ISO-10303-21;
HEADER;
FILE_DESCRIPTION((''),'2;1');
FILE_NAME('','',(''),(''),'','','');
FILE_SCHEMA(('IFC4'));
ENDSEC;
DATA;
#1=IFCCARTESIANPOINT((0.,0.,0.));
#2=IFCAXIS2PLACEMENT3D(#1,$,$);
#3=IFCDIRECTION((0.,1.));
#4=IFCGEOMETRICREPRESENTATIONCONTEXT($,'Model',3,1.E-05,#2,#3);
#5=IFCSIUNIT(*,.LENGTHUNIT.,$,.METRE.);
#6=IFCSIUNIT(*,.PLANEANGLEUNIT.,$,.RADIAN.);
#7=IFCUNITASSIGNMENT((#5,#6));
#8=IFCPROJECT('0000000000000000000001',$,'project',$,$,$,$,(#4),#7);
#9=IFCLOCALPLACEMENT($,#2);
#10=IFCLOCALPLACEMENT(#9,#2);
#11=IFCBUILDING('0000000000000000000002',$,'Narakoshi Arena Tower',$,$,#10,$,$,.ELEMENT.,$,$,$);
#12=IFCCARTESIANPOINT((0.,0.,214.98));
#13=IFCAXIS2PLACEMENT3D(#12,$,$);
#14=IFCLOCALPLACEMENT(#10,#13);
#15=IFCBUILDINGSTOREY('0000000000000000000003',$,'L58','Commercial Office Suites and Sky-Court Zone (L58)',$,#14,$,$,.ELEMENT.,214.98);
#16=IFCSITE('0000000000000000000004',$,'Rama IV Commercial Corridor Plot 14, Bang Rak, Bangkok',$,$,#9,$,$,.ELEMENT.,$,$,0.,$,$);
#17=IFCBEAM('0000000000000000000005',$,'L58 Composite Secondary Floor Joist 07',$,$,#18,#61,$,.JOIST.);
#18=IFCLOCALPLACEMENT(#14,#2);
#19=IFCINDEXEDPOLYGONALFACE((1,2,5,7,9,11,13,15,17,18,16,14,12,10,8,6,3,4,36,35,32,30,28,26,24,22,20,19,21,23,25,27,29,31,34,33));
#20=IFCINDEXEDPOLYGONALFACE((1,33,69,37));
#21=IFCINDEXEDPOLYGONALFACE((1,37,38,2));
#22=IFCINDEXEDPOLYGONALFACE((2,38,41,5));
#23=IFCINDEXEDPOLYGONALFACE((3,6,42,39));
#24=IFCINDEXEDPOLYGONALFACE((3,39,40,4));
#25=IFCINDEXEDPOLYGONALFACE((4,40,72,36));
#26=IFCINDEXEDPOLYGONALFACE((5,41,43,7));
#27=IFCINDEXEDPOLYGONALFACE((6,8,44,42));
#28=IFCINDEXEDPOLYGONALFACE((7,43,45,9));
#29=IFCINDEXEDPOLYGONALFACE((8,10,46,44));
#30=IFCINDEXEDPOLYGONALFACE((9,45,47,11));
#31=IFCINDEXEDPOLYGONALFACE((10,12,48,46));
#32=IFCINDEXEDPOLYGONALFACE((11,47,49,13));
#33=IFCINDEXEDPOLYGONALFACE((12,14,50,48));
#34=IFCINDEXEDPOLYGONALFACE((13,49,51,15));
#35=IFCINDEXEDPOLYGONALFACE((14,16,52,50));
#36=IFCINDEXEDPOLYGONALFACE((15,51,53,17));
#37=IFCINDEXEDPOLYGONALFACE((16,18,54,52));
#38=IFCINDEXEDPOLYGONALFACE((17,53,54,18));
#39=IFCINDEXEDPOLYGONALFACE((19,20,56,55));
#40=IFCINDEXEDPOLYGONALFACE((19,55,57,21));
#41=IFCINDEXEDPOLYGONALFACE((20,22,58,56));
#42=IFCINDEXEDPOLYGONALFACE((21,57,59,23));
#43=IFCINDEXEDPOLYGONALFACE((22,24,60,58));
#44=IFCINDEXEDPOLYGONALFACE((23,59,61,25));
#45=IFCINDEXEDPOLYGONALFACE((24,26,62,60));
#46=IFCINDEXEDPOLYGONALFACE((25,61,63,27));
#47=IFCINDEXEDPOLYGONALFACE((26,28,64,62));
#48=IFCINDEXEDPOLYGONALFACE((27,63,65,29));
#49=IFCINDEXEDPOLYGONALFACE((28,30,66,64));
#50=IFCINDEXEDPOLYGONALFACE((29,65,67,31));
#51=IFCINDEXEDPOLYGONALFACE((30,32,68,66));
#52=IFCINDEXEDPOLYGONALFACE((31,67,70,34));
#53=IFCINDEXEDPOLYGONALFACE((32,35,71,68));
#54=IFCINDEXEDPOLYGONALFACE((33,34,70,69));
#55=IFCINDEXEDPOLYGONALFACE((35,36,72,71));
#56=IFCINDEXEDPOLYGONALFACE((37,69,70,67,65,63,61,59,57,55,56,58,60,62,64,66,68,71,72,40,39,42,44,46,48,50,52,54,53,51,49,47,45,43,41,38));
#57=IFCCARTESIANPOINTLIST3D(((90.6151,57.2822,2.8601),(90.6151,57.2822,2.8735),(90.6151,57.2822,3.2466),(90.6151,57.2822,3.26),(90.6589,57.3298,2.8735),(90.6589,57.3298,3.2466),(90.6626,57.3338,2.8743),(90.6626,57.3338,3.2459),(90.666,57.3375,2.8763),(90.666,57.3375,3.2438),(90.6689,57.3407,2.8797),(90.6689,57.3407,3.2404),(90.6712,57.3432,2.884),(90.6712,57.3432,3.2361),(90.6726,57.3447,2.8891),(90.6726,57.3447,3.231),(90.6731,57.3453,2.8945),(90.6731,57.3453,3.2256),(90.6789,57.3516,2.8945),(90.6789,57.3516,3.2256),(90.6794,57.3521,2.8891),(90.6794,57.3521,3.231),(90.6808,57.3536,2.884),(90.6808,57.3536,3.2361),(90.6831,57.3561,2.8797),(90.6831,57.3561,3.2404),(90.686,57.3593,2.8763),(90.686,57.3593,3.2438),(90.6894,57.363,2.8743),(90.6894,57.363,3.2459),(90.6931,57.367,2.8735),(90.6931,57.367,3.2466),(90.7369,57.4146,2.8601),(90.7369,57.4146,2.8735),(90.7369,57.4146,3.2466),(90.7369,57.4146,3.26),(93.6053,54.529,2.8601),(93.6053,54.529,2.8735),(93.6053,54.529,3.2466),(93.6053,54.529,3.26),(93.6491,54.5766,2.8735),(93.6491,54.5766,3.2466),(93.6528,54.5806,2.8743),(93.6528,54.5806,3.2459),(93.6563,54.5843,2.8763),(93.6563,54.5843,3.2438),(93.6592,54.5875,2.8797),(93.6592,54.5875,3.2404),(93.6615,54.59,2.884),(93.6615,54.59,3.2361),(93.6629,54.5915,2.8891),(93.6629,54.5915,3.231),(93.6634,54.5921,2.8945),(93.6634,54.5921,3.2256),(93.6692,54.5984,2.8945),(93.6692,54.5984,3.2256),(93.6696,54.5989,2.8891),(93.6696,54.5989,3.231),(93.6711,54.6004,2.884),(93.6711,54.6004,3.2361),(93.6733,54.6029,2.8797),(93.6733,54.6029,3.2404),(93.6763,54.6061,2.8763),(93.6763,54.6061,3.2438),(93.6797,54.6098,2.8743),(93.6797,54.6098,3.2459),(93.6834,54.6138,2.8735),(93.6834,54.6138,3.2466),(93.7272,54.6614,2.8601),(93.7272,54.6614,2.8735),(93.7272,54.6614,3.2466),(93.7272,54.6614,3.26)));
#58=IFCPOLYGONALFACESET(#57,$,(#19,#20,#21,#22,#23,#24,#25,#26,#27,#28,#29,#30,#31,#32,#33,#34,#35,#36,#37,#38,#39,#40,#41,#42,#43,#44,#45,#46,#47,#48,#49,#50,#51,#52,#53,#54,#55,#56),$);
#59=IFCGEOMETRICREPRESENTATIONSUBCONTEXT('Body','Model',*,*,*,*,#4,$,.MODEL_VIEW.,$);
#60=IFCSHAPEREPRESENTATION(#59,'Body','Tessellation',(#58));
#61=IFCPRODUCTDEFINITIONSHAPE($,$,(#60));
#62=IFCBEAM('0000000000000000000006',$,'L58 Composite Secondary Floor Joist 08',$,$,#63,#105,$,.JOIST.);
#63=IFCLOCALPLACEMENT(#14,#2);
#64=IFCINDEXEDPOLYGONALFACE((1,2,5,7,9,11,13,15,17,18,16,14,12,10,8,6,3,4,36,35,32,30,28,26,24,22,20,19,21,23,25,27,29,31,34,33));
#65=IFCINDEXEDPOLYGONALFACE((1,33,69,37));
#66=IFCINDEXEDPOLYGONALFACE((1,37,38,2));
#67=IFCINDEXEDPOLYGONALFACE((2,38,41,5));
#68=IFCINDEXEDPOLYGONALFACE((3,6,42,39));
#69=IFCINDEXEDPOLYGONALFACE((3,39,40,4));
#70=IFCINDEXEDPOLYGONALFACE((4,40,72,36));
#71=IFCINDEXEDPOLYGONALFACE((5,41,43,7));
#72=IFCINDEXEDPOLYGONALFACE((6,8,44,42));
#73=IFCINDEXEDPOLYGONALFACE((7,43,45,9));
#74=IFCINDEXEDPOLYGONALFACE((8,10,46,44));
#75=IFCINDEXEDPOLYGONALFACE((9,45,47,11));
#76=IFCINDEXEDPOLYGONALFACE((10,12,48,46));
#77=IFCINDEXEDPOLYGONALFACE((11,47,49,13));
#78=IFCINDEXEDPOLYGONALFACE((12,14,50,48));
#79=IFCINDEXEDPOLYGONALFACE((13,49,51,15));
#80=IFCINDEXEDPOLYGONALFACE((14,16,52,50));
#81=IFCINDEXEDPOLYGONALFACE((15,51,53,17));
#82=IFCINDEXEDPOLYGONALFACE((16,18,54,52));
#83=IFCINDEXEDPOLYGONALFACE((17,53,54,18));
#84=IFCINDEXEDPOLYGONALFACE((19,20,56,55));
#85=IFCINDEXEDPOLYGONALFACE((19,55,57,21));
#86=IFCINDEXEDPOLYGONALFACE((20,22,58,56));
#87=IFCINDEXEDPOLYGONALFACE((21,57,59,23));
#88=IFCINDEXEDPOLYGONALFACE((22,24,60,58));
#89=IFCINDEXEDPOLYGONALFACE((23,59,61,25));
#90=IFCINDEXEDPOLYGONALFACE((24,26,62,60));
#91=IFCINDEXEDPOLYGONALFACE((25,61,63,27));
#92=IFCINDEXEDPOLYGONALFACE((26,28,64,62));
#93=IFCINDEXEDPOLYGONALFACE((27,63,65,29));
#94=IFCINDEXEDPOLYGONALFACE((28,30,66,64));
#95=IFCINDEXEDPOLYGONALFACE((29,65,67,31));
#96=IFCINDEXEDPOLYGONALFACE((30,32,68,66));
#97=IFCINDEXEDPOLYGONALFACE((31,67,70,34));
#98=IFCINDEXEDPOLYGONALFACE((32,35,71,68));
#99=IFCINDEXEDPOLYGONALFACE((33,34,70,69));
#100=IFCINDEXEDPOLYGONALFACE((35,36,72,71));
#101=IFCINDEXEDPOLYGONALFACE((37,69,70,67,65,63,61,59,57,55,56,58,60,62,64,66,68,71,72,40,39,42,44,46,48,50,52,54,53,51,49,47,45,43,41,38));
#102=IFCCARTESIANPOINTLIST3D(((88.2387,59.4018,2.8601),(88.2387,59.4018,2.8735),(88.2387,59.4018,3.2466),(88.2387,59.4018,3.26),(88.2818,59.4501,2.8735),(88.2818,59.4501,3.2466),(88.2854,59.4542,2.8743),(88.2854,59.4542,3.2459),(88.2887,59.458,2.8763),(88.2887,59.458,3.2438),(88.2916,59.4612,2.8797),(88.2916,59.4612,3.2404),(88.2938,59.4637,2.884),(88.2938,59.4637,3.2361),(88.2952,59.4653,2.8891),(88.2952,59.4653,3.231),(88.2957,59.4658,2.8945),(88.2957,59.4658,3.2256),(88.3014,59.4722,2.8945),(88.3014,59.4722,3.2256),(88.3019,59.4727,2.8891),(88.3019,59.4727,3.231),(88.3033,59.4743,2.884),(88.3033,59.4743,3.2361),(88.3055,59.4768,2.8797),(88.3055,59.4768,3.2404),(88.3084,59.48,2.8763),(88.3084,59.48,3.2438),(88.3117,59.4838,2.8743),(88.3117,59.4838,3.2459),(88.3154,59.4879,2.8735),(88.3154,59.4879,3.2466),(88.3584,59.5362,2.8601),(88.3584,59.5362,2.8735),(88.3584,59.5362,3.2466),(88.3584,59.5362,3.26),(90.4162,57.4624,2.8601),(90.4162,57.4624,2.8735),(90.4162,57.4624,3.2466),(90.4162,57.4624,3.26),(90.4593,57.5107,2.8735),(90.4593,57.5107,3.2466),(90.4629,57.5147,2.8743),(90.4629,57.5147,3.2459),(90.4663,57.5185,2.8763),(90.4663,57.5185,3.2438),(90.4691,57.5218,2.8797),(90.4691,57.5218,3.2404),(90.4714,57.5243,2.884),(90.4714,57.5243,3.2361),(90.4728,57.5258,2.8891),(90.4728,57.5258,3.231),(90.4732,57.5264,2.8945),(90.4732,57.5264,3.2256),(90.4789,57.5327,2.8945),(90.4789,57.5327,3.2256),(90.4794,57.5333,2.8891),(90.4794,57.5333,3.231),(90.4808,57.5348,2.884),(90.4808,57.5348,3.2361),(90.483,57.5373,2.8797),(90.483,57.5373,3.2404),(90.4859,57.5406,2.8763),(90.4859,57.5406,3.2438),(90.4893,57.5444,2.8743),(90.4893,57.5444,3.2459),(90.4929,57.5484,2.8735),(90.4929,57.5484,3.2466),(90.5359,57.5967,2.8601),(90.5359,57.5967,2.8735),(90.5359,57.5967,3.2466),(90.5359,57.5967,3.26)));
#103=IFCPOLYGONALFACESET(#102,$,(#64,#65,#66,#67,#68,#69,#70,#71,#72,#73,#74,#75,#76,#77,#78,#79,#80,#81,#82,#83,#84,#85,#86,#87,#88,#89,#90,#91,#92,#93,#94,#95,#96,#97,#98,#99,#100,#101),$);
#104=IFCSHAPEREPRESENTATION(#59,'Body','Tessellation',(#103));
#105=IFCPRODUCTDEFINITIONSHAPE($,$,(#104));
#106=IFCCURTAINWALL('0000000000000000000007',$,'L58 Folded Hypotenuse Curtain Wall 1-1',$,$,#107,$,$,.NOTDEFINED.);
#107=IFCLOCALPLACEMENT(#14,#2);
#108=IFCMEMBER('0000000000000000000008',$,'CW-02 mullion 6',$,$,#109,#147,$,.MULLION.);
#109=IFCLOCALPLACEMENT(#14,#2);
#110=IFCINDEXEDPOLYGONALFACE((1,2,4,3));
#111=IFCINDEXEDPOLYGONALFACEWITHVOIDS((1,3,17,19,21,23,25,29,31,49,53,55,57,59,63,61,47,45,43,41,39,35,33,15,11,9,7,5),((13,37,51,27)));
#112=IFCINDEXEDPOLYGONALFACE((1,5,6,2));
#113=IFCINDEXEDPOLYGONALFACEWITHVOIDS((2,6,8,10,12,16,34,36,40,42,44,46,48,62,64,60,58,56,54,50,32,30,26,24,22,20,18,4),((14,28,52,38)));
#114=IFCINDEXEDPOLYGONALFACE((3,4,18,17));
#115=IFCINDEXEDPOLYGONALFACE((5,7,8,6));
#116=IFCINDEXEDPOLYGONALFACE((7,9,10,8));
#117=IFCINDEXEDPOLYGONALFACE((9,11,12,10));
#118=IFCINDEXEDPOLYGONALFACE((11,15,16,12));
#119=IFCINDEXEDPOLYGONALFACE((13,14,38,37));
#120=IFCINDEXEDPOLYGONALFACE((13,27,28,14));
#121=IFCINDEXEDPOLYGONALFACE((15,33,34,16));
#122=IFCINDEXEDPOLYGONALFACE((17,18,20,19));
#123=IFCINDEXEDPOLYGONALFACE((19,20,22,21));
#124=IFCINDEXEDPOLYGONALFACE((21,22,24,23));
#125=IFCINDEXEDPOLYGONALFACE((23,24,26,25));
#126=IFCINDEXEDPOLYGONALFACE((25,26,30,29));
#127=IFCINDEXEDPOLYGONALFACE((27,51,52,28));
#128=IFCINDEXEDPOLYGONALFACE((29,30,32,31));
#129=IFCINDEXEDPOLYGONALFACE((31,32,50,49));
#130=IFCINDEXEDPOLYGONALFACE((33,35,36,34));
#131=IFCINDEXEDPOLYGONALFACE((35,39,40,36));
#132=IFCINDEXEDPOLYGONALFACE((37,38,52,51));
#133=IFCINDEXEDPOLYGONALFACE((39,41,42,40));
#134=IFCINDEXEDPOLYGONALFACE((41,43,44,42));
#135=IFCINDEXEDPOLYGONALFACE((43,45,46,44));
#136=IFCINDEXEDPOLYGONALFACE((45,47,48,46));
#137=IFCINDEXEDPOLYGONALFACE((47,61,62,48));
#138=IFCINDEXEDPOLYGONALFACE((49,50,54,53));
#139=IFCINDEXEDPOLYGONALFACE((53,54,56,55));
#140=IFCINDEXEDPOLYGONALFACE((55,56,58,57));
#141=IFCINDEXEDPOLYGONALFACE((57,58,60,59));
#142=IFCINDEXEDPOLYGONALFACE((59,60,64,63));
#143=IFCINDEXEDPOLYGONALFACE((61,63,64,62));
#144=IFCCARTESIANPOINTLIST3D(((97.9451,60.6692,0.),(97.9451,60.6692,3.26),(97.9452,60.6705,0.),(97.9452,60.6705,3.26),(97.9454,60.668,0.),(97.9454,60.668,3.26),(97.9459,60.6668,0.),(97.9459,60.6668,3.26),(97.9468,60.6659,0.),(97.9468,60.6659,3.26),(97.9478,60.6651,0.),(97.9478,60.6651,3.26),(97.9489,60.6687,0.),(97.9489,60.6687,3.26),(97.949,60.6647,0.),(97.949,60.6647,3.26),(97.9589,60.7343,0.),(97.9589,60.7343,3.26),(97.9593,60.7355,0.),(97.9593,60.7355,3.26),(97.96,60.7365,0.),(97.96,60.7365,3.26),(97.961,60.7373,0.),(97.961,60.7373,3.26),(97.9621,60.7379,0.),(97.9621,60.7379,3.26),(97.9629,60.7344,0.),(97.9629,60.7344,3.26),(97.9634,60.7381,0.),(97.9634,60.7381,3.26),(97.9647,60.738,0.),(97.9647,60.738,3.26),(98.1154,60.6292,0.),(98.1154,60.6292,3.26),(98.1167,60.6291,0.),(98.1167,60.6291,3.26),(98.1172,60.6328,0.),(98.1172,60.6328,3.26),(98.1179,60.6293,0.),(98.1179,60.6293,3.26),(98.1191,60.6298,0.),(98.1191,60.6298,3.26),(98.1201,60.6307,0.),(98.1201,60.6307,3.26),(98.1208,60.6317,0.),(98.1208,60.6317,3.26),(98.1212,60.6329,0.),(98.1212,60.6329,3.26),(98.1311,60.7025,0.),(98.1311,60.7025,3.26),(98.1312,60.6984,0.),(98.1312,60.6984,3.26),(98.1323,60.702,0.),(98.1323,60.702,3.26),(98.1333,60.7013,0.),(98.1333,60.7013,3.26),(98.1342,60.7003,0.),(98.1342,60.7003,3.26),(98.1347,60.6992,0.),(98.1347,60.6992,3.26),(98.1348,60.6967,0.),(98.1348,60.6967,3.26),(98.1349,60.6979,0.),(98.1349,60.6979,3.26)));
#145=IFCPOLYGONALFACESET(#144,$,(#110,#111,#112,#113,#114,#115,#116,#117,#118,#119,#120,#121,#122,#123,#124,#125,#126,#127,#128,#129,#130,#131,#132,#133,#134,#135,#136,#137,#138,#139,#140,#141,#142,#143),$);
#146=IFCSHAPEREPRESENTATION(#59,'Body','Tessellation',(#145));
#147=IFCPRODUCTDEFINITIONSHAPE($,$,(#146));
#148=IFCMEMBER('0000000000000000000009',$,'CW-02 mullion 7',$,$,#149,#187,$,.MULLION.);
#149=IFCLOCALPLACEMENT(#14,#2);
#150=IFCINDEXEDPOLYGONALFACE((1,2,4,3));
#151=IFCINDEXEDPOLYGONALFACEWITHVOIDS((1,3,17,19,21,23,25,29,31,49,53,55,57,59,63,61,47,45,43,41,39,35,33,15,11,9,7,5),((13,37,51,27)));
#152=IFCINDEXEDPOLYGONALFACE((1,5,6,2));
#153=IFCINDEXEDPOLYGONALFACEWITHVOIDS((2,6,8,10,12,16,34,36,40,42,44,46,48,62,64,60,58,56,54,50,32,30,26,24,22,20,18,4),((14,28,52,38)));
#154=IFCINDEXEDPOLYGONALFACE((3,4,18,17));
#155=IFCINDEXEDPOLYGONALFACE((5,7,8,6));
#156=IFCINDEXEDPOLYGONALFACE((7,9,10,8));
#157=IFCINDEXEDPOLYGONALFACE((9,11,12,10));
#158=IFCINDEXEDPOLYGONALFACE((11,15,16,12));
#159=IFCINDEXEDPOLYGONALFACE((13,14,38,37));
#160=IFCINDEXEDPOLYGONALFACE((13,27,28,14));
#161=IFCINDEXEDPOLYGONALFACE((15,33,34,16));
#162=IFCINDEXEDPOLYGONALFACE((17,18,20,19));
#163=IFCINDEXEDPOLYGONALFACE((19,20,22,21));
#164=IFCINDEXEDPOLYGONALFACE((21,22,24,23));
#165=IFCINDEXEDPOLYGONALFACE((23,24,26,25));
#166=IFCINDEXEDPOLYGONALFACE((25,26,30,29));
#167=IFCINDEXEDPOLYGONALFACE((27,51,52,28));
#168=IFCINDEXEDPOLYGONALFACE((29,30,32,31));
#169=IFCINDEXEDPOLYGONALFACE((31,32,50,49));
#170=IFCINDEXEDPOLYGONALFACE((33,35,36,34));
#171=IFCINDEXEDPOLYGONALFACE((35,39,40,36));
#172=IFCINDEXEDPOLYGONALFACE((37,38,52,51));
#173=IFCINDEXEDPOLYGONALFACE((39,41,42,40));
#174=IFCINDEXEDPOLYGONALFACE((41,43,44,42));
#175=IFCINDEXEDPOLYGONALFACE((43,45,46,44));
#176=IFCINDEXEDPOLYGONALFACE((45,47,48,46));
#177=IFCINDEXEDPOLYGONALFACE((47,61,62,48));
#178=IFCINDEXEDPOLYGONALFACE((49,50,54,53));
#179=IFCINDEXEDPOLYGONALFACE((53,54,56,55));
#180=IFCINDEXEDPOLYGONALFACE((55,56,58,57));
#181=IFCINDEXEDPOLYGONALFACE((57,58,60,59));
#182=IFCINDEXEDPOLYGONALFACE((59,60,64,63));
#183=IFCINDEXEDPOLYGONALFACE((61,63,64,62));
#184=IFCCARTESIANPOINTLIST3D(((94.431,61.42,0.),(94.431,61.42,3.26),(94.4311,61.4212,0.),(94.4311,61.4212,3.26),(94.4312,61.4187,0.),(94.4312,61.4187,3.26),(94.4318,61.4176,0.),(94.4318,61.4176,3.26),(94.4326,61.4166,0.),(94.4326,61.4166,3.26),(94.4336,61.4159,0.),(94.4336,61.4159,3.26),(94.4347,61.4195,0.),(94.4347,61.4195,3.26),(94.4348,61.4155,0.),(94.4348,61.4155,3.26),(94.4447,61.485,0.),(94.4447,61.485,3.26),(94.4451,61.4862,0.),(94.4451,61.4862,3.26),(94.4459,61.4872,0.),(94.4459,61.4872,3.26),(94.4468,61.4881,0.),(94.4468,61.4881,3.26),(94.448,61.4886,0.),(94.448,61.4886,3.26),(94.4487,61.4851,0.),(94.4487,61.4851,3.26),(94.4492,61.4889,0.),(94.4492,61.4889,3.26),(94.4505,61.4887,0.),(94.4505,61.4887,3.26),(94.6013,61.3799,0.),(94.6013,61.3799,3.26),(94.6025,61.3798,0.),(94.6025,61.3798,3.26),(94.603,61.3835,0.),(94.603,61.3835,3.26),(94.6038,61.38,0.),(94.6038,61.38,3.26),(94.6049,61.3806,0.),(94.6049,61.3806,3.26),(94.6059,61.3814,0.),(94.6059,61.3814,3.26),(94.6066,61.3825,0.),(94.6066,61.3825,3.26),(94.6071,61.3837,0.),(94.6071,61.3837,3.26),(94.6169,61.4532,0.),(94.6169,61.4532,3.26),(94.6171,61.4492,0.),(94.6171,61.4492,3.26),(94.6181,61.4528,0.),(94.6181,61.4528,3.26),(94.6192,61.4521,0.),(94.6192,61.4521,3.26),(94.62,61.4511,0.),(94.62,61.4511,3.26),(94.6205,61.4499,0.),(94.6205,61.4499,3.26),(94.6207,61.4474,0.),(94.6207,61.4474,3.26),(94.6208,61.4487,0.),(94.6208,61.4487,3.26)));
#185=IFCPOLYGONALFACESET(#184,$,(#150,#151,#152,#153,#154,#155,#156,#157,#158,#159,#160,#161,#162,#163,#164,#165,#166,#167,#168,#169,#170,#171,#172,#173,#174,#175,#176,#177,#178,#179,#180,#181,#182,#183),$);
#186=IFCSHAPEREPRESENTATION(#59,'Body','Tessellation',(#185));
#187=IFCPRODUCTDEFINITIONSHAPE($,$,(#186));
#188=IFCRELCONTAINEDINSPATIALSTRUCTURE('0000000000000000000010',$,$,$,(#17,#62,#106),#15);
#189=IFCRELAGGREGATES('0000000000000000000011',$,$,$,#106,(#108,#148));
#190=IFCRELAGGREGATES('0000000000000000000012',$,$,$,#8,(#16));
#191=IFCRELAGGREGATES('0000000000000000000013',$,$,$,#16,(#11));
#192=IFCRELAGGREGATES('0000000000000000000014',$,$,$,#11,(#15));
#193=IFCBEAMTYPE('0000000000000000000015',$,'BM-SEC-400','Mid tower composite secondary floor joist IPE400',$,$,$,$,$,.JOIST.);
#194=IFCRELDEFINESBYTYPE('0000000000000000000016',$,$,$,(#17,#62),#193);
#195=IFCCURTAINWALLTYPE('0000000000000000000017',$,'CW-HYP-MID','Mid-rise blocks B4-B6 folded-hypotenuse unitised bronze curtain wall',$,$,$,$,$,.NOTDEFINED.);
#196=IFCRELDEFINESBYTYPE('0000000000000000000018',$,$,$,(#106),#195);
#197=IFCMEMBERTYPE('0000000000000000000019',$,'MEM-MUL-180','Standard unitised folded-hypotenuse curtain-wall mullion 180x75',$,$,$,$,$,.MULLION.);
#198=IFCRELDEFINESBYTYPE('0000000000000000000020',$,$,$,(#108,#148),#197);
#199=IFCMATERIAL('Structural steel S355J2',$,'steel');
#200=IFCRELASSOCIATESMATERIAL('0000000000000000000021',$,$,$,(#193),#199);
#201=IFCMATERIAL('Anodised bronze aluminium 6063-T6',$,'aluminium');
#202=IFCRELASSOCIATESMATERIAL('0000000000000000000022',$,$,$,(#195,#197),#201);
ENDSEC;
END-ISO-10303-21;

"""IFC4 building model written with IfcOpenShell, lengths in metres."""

from ifc_helpers import new_model, si_unit, direction, frame, origin, origin_2d, place, context, subcontext, project, spatial, hollow_rectangle, i_section, extrude, material, material_profile, profile_set, type_object, element, aggregate, save


model = new_model("IFC4")

# Units and contexts
model_context = context("Model", 3, precision=1e-05, world=origin(), true_north=direction((0.0, 1.0)))
body_context = subcontext(model_context, "Body", "Model", "MODEL_VIEW")
ifc_project = project(units=[si_unit("LENGTHUNIT", "METRE"), si_unit("PLANEANGLEUNIT", "RADIAN")], contexts=[model_context])

# Site, building, storey
site_placement = place(None, origin())
site = spatial("IfcSite", under=ifc_project, at=site_placement, Name="Rama IV Commercial Corridor Plot 14, Bang Rak, Bangkok", CompositionType="ELEMENT", RefElevation=0.0)
building_placement = place(site_placement, origin())
building = spatial("IfcBuilding", under=site, at=building_placement, Name="Narakoshi Arena Tower", CompositionType="ELEMENT")
storey_placement = place(building_placement, frame((0.0, 0.0, 214.98)))
storey = spatial("IfcBuildingStorey", under=building, at=storey_placement, Name="L58", Description="Commercial Office Suites and Sky-Court Zone (L58)", CompositionType="ELEMENT", Elevation=214.98)

# Beams
ifc_material_1 = material(Name="Structural steel S355J2", Category="steel")
ifc_material_profile_1 = material_profile(ifc_material_1, i_section(OverallWidth=0.1799, OverallDepth=0.3999, WebThickness=0.0085, FlangeThickness=0.0134, FilletRadius=0.021, at=origin_2d()), Name="IPE400")
ifc_profile_set_1 = profile_set([ifc_material_profile_1], Name="Structural steel S355J2")
beam_type_1 = type_object("IfcBeamType", Name="BM-SEC-400", Description="Mid tower composite secondary floor joist IPE400", PredefinedType="JOIST", material=ifc_profile_set_1)
beam_1_placement = place(storey_placement, frame((93.6663, 54.5952, 3.0601), z_axis=(-0.735666, 0.677344, 0.0), x_axis=(-0.677344, -0.735666, 0.0)))
element("IfcBeam", 1, at=beam_1_placement, inside=storey, type_object=beam_type_1, Name="L58 Composite Secondary Floor Joist 07", PredefinedType="JOIST", context=body_context, shape_type="SweptSolid", body=[
    extrude(i_section(OverallWidth=0.1799, OverallDepth=0.3999, WebThickness=0.0085, FlangeThickness=0.0134, FilletRadius=0.021, at=origin_2d()), origin(), (0.0, 0.0, 1.0), 4.0647),
])
beam_2_placement = place(storey_placement, frame((90.4761, 57.5295, 3.0601), z_axis=(-0.746744, 0.665112, 0.0), x_axis=(-0.665112, -0.746744, 0.0)))
element("IfcBeam", 2, at=beam_2_placement, inside=storey, type_object=beam_type_1, Name="L58 Composite Secondary Floor Joist 08", PredefinedType="JOIST", context=body_context, shape_type="SweptSolid", body=[
    extrude(i_section(OverallWidth=0.1799, OverallDepth=0.3999, WebThickness=0.0085, FlangeThickness=0.0134, FilletRadius=0.021, at=origin_2d()), origin(), (0.0, 0.0, 1.0), 2.916),
])

# Curtain wall, members
ifc_material_2 = material(Name="Anodised bronze aluminium 6063-T6", Category="aluminium")
curtain_wall_type = type_object("IfcCurtainWallType", Name="CW-HYP-MID", Description="Mid-rise blocks B4-B6 folded-hypotenuse unitised bronze curtain wall", PredefinedType="NOTDEFINED", material=ifc_material_2)
curtain_wall_placement = place(storey_placement, origin())
curtain_wall = element("IfcCurtainWall", 3, at=curtain_wall_placement, inside=storey, type_object=curtain_wall_type, Name="L58 Folded Hypotenuse Curtain Wall 1-1", PredefinedType="NOTDEFINED")
ifc_material_profile_2 = material_profile(ifc_material_2, hollow_rectangle(XDim=0.075, YDim=0.1799, WallThickness=0.0039, OuterFilletRadius=0.0049, at=origin_2d()), Name="MUL180x75x4")
ifc_profile_set_2 = profile_set([ifc_material_profile_2], Name="Anodised bronze aluminium 6063-T6")
member_type_1 = type_object("IfcMemberType", Name="MEM-MUL-180", Description="Standard unitised folded-hypotenuse curtain-wall mullion 180x75", PredefinedType="MULLION", material=ifc_profile_set_2)
member_1_placement = place(storey_placement, frame((98.04, 60.6836, 0.0), z_axis=(0.0, 0.0, 1.0), x_axis=(-0.208899, -0.977937, 0.0)))
member_1 = element("IfcMember", 4, at=member_1_placement, type_object=member_type_1, Name="CW-02 mullion 6", PredefinedType="MULLION", context=body_context, shape_type="SweptSolid", body=[
    extrude(hollow_rectangle(XDim=0.075, YDim=0.1799, WallThickness=0.0039, OuterFilletRadius=0.0049, at=origin_2d()), origin(), (0.0, 0.0, 1.0), 3.26),
])
member_2_placement = place(storey_placement, frame((94.5259, 61.4343, 0.0), z_axis=(0.0, 0.0, 1.0), x_axis=(-0.208899, -0.977937, 0.0)))
member_2 = element("IfcMember", 5, at=member_2_placement, type_object=member_type_1, Name="CW-02 mullion 7", PredefinedType="MULLION", context=body_context, shape_type="SweptSolid", body=[
    extrude(hollow_rectangle(XDim=0.075, YDim=0.1799, WallThickness=0.0039, OuterFilletRadius=0.0049, at=origin_2d()), origin(), (0.0, 0.0, 1.0), 3.26),
])
aggregate(curtain_wall, [member_1, member_2])

save(model, "model.ifc")
